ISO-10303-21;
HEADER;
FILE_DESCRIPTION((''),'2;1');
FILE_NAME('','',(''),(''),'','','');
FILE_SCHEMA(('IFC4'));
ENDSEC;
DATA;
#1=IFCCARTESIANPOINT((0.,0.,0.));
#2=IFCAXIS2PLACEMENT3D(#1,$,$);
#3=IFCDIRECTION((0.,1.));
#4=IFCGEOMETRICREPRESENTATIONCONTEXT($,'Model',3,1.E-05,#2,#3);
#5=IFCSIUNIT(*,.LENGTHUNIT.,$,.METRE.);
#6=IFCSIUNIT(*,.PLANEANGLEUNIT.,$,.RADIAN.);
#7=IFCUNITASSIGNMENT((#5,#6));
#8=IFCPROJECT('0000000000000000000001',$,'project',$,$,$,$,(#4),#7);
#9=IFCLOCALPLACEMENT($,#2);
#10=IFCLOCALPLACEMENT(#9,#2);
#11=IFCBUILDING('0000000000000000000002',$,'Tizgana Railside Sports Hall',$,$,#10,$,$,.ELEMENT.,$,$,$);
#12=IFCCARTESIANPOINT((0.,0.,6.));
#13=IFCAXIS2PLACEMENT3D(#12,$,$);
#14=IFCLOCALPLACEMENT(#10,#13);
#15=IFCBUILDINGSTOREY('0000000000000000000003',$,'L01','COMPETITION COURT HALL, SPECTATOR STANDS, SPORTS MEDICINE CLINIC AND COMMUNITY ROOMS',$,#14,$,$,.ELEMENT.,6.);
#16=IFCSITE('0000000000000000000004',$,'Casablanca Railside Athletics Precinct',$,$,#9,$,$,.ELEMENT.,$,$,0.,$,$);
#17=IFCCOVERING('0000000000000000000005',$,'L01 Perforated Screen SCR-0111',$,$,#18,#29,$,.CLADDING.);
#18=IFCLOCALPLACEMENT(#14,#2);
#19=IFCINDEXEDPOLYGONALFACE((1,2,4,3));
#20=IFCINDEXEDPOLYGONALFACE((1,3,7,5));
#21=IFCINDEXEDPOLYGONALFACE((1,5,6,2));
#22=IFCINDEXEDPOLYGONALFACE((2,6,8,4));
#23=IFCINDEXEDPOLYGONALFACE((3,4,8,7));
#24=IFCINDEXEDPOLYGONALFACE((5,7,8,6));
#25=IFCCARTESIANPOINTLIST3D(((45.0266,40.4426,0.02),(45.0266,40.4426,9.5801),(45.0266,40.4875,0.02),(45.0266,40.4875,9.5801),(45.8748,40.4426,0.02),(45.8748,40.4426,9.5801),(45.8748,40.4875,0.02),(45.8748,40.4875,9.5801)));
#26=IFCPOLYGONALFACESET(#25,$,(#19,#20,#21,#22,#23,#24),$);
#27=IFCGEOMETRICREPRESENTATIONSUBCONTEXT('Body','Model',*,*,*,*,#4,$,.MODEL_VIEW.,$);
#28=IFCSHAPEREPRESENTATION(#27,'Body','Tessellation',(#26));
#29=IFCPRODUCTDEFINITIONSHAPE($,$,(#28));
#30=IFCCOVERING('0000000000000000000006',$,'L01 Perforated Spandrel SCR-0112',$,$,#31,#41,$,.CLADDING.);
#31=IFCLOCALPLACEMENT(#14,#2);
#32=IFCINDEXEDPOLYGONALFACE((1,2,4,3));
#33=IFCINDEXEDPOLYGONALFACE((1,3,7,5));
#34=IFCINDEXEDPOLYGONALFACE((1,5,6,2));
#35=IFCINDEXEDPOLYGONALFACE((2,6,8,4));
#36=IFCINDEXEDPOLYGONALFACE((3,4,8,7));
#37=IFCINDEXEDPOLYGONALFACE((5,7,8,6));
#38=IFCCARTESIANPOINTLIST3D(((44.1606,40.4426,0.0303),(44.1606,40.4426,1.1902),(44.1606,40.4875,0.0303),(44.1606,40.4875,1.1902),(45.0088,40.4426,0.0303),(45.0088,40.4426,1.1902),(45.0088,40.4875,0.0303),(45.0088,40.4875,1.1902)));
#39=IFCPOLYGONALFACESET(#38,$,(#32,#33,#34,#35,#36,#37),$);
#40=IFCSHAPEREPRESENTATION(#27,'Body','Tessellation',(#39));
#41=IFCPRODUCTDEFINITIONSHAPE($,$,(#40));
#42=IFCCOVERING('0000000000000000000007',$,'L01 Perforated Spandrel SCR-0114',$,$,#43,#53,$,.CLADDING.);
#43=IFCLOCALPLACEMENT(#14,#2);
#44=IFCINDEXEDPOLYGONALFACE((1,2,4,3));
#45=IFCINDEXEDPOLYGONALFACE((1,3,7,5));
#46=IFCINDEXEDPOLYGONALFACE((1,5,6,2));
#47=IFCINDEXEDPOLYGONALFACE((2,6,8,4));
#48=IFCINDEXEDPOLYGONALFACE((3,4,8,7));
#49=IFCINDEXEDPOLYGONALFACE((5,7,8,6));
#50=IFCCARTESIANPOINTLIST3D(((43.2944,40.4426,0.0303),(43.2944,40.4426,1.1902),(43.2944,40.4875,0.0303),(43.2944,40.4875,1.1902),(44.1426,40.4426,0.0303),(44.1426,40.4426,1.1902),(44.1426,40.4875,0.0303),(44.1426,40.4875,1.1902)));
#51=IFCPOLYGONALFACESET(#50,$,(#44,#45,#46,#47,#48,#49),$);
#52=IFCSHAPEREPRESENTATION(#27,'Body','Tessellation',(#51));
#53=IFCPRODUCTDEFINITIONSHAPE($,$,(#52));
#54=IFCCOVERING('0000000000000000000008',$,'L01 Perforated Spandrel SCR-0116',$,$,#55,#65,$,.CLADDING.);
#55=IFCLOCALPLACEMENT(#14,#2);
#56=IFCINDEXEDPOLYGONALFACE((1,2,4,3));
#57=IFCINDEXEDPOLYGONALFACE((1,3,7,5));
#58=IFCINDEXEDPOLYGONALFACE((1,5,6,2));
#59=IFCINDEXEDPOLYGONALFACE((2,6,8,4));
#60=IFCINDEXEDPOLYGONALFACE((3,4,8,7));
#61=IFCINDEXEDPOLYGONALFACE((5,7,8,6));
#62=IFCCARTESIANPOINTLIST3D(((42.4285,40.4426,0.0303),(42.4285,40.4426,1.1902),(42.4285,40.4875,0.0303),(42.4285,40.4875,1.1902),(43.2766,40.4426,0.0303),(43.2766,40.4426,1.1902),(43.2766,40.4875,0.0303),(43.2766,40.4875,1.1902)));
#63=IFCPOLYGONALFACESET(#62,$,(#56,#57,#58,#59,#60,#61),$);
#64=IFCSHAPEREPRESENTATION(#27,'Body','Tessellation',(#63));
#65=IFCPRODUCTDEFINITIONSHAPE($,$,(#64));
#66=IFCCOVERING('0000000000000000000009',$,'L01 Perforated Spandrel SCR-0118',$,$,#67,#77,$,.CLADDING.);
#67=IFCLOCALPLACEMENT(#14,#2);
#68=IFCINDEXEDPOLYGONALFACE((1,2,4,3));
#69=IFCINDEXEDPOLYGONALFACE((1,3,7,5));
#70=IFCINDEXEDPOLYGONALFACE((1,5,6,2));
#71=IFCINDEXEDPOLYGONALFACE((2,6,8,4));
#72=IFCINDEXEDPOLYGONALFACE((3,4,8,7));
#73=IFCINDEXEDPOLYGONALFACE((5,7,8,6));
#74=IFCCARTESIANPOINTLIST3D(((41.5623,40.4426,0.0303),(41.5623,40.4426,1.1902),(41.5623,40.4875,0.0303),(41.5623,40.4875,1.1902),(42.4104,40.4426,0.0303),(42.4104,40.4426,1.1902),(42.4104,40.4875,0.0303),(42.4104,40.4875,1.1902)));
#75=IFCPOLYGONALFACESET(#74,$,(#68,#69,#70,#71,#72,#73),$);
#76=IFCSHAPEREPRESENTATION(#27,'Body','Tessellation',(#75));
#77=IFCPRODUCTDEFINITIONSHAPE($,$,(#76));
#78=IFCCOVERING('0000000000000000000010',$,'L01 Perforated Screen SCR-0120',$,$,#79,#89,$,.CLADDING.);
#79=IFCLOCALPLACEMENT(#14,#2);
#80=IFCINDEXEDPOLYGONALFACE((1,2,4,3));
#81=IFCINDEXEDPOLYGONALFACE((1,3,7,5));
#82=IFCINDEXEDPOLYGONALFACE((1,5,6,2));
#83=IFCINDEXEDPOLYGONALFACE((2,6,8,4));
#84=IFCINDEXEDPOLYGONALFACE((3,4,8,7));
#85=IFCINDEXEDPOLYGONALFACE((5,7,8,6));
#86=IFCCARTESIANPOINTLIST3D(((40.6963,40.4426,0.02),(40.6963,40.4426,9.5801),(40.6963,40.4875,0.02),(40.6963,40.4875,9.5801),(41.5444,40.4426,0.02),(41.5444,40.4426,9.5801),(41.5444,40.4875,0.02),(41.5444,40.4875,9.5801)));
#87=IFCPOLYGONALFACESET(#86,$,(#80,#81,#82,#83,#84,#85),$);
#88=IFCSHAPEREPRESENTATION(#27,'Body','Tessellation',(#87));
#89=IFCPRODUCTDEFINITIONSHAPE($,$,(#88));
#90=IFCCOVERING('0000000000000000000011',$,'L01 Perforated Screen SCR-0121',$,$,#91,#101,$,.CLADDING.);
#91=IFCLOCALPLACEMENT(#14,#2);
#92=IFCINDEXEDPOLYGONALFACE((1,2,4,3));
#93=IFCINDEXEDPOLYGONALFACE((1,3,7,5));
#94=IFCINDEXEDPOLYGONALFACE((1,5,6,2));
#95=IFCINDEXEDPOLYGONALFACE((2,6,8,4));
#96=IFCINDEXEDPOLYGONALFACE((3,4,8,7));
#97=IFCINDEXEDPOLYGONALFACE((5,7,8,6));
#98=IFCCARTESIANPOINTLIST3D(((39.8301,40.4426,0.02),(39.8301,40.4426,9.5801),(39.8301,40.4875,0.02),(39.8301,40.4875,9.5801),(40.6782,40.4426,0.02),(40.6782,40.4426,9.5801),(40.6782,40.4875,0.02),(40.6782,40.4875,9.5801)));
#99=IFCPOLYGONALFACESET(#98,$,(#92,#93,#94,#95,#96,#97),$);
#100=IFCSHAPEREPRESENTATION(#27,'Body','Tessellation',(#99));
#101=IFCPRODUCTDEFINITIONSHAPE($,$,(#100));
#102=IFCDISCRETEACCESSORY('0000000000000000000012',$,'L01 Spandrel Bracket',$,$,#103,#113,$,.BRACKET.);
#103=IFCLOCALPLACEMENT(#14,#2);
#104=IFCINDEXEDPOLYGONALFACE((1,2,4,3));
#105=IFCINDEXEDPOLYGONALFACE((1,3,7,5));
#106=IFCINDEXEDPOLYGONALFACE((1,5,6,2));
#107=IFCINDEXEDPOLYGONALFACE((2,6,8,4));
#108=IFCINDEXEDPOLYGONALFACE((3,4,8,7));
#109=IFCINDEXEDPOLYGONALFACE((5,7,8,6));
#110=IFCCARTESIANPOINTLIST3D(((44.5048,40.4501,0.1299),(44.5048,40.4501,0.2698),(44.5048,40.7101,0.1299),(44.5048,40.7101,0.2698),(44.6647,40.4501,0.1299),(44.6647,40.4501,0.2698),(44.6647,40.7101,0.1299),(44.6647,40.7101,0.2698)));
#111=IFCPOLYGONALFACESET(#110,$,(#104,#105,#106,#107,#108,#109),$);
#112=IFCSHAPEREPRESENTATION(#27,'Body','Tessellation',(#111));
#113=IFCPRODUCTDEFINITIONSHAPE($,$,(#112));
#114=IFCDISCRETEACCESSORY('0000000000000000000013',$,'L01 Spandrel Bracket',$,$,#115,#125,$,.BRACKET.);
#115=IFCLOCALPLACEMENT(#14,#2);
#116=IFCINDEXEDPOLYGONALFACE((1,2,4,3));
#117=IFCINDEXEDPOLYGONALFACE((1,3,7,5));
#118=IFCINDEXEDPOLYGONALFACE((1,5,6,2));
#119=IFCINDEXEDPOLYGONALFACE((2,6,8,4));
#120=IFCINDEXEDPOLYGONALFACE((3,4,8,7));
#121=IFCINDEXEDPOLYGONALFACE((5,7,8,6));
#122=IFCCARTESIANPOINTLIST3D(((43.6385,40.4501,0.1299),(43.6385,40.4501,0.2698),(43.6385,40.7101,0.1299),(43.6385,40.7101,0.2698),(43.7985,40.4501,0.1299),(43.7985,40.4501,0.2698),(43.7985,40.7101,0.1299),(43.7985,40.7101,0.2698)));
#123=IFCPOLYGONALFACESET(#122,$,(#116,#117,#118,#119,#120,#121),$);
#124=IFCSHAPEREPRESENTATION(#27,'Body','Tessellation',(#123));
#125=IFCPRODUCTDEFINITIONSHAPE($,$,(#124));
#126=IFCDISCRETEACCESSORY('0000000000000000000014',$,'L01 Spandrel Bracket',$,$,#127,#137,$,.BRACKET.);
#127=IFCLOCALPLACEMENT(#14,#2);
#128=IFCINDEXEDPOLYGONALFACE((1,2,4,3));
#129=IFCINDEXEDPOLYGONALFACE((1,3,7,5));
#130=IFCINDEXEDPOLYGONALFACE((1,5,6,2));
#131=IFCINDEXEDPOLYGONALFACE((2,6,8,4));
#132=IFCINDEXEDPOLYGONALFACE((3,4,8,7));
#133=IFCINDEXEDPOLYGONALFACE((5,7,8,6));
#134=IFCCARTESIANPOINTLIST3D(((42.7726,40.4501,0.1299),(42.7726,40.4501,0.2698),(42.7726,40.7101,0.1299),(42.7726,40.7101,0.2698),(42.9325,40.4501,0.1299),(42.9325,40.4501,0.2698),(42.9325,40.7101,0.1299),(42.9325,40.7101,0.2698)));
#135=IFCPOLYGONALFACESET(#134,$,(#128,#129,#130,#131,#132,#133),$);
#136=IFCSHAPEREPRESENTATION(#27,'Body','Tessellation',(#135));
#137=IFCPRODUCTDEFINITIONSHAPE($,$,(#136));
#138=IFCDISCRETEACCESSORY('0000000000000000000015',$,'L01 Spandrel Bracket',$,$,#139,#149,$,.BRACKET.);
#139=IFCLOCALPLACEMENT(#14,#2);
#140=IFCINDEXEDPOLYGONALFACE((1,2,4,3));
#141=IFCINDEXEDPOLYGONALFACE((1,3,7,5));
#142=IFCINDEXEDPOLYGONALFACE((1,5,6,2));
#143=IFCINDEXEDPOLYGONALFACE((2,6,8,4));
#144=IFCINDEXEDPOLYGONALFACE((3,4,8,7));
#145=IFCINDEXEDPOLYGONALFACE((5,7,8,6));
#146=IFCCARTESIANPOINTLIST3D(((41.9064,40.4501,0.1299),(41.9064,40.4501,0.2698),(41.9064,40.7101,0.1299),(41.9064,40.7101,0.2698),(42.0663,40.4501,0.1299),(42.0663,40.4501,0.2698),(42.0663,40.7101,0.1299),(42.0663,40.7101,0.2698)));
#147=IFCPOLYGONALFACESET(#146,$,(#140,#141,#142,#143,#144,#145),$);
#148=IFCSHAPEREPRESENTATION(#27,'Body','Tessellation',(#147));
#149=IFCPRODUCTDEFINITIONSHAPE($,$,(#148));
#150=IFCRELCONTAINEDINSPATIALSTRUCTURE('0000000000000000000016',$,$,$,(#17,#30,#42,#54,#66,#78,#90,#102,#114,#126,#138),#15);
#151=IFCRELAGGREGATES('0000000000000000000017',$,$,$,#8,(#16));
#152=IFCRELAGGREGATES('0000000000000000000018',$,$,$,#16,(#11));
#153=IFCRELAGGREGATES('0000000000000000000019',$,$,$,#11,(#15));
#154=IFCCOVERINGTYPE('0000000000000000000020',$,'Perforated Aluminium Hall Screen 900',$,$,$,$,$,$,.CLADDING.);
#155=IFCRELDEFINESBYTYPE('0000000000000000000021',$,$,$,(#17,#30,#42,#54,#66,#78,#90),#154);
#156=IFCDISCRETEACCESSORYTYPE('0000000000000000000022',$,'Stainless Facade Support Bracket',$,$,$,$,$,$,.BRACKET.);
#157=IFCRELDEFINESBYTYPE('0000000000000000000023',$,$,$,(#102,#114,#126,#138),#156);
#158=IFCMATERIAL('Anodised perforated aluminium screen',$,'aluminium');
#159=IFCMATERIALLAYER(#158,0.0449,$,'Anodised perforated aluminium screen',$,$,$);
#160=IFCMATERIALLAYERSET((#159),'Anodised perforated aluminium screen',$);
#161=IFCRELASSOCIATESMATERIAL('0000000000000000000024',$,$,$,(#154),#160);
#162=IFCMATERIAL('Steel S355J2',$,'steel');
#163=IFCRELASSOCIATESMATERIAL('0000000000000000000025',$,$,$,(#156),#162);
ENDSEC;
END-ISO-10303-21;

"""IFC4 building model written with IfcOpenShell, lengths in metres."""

from ifc_helpers import new_model, si_unit, direction, frame, origin, origin_2d, place, context, subcontext, project, spatial, rectangle, extrude, material, layer, layer_set, type_object, element, save


model = new_model("IFC4")

# Units and contexts
model_context = context("Model", 3, precision=1e-05, world=origin(), true_north=direction((0.0, 1.0)))
body_context = subcontext(model_context, "Body", "Model", "MODEL_VIEW")
ifc_project = project(units=[si_unit("LENGTHUNIT", "METRE"), si_unit("PLANEANGLEUNIT", "RADIAN")], contexts=[model_context])

# Site, building, storey
site_placement = place(None, origin())
site = spatial("IfcSite", under=ifc_project, at=site_placement, Name="Casablanca Railside Athletics Precinct", CompositionType="ELEMENT", RefElevation=0.0)
building_placement = place(site_placement, origin())
building = spatial("IfcBuilding", under=site, at=building_placement, Name="Tizgana Railside Sports Hall", CompositionType="ELEMENT")
storey_placement = place(building_placement, frame((0.0, 0.0, 6.0)))
storey = spatial("IfcBuildingStorey", under=building, at=storey_placement, Name="L01", Description="COMPETITION COURT HALL, SPECTATOR STANDS, SPORTS MEDICINE CLINIC AND COMMUNITY ROOMS", CompositionType="ELEMENT", Elevation=6.0)

# Shared definitions
ifc_material_1 = material(Name="Steel S355J2", Category="steel")

# Coverings
ifc_material_2 = material(Name="Anodised perforated aluminium screen", Category="aluminium")
ifc_layer_1 = layer(ifc_material_2, 0.0449, Name="Anodised perforated aluminium screen")
ifc_layer_set_1 = layer_set([ifc_layer_1], Name="Anodised perforated aluminium screen")
covering_type_1 = type_object("IfcCoveringType", Name="Perforated Aluminium Hall Screen 900", PredefinedType="CLADDING", material=ifc_layer_set_1)
for number, where, z_axis, x_axis, name in (
    (1, (45.4507, 40.4651, 0.02), (0.0, 0.0, 1.0), (-1.0, 0.0, 0.0), "L01 Perforated Screen SCR-0111"),
):
    element("IfcCovering", number, at=place(storey_placement, frame(where, z_axis=z_axis, x_axis=x_axis)), inside=storey, type_object=covering_type_1, Name=name, PredefinedType="CLADDING", context=body_context, shape_type="SweptSolid", body=[
        extrude(rectangle(XDim=0.8481, YDim=0.0449, at=origin_2d()), origin(), (0.0, 0.0, 1.0), 9.5601),
    ])
for number, where, z_axis, x_axis, name in (
    (2, (44.5847, 40.4651, 0.0303), (0.0, 0.0, 1.0), (-1.0, 0.0, 0.0), "L01 Perforated Spandrel SCR-0112"),
    (3, (43.7185, 40.4651, 0.0303), (0.0, 0.0, 1.0), (-1.0, 0.0, 0.0), "L01 Perforated Spandrel SCR-0114"),
    (4, (42.8525, 40.4651, 0.0303), (0.0, 0.0, 1.0), (-1.0, 0.0, 0.0), "L01 Perforated Spandrel SCR-0116"),
    (5, (41.9863, 40.4651, 0.0303), (0.0, 0.0, 1.0), (-1.0, 0.0, 0.0), "L01 Perforated Spandrel SCR-0118"),
):
    element("IfcCovering", number, at=place(storey_placement, frame(where, z_axis=z_axis, x_axis=x_axis)), inside=storey, type_object=covering_type_1, Name=name, PredefinedType="CLADDING", context=body_context, shape_type="SweptSolid", body=[
        extrude(rectangle(XDim=0.8481, YDim=0.0449, at=origin_2d()), origin(), (0.0, 0.0, 1.0), 1.1599),
    ])
for number, where, z_axis, x_axis, name in (
    (6, (41.1204, 40.4651, 0.02), (0.0, 0.0, 1.0), (-1.0, 0.0, 0.0), "L01 Perforated Screen SCR-0120"),
    (7, (40.2542, 40.4651, 0.02), (0.0, 0.0, 1.0), (-1.0, 0.0, 0.0), "L01 Perforated Screen SCR-0121"),
):
    element("IfcCovering", number, at=place(storey_placement, frame(where, z_axis=z_axis, x_axis=x_axis)), inside=storey, type_object=covering_type_1, Name=name, PredefinedType="CLADDING", context=body_context, shape_type="SweptSolid", body=[
        extrude(rectangle(XDim=0.8481, YDim=0.0449, at=origin_2d()), origin(), (0.0, 0.0, 1.0), 9.5601),
    ])

# Discrete accessories
discrete_accessory_type = type_object("IfcDiscreteAccessoryType", Name="Stainless Facade Support Bracket", PredefinedType="BRACKET", material=ifc_material_1)
for number, where, z_axis, x_axis, name in (
    (8, (44.5847, 40.5801, 0.1299), (0.0, 0.0, 1.0), (-1.0, 0.0, 0.0), "L01 Spandrel Bracket"),
    (9, (43.7185, 40.5801, 0.1299), (0.0, 0.0, 1.0), (-1.0, 0.0, 0.0), "L01 Spandrel Bracket"),
    (10, (42.8525, 40.5801, 0.1299), (0.0, 0.0, 1.0), (-1.0, 0.0, 0.0), "L01 Spandrel Bracket"),
    (11, (41.9863, 40.5801, 0.1299), (0.0, 0.0, 1.0), (-1.0, 0.0, 0.0), "L01 Spandrel Bracket"),
):
    element("IfcDiscreteAccessory", number, at=place(storey_placement, frame(where, z_axis=z_axis, x_axis=x_axis)), inside=storey, type_object=discrete_accessory_type, Name=name, PredefinedType="BRACKET", context=body_context, shape_type="SweptSolid", body=[
        extrude(rectangle(XDim=0.1599, YDim=0.26, at=origin_2d()), origin(), (0.0, 0.0, 1.0), 0.1399),
    ])

save(model, "model.ifc")
